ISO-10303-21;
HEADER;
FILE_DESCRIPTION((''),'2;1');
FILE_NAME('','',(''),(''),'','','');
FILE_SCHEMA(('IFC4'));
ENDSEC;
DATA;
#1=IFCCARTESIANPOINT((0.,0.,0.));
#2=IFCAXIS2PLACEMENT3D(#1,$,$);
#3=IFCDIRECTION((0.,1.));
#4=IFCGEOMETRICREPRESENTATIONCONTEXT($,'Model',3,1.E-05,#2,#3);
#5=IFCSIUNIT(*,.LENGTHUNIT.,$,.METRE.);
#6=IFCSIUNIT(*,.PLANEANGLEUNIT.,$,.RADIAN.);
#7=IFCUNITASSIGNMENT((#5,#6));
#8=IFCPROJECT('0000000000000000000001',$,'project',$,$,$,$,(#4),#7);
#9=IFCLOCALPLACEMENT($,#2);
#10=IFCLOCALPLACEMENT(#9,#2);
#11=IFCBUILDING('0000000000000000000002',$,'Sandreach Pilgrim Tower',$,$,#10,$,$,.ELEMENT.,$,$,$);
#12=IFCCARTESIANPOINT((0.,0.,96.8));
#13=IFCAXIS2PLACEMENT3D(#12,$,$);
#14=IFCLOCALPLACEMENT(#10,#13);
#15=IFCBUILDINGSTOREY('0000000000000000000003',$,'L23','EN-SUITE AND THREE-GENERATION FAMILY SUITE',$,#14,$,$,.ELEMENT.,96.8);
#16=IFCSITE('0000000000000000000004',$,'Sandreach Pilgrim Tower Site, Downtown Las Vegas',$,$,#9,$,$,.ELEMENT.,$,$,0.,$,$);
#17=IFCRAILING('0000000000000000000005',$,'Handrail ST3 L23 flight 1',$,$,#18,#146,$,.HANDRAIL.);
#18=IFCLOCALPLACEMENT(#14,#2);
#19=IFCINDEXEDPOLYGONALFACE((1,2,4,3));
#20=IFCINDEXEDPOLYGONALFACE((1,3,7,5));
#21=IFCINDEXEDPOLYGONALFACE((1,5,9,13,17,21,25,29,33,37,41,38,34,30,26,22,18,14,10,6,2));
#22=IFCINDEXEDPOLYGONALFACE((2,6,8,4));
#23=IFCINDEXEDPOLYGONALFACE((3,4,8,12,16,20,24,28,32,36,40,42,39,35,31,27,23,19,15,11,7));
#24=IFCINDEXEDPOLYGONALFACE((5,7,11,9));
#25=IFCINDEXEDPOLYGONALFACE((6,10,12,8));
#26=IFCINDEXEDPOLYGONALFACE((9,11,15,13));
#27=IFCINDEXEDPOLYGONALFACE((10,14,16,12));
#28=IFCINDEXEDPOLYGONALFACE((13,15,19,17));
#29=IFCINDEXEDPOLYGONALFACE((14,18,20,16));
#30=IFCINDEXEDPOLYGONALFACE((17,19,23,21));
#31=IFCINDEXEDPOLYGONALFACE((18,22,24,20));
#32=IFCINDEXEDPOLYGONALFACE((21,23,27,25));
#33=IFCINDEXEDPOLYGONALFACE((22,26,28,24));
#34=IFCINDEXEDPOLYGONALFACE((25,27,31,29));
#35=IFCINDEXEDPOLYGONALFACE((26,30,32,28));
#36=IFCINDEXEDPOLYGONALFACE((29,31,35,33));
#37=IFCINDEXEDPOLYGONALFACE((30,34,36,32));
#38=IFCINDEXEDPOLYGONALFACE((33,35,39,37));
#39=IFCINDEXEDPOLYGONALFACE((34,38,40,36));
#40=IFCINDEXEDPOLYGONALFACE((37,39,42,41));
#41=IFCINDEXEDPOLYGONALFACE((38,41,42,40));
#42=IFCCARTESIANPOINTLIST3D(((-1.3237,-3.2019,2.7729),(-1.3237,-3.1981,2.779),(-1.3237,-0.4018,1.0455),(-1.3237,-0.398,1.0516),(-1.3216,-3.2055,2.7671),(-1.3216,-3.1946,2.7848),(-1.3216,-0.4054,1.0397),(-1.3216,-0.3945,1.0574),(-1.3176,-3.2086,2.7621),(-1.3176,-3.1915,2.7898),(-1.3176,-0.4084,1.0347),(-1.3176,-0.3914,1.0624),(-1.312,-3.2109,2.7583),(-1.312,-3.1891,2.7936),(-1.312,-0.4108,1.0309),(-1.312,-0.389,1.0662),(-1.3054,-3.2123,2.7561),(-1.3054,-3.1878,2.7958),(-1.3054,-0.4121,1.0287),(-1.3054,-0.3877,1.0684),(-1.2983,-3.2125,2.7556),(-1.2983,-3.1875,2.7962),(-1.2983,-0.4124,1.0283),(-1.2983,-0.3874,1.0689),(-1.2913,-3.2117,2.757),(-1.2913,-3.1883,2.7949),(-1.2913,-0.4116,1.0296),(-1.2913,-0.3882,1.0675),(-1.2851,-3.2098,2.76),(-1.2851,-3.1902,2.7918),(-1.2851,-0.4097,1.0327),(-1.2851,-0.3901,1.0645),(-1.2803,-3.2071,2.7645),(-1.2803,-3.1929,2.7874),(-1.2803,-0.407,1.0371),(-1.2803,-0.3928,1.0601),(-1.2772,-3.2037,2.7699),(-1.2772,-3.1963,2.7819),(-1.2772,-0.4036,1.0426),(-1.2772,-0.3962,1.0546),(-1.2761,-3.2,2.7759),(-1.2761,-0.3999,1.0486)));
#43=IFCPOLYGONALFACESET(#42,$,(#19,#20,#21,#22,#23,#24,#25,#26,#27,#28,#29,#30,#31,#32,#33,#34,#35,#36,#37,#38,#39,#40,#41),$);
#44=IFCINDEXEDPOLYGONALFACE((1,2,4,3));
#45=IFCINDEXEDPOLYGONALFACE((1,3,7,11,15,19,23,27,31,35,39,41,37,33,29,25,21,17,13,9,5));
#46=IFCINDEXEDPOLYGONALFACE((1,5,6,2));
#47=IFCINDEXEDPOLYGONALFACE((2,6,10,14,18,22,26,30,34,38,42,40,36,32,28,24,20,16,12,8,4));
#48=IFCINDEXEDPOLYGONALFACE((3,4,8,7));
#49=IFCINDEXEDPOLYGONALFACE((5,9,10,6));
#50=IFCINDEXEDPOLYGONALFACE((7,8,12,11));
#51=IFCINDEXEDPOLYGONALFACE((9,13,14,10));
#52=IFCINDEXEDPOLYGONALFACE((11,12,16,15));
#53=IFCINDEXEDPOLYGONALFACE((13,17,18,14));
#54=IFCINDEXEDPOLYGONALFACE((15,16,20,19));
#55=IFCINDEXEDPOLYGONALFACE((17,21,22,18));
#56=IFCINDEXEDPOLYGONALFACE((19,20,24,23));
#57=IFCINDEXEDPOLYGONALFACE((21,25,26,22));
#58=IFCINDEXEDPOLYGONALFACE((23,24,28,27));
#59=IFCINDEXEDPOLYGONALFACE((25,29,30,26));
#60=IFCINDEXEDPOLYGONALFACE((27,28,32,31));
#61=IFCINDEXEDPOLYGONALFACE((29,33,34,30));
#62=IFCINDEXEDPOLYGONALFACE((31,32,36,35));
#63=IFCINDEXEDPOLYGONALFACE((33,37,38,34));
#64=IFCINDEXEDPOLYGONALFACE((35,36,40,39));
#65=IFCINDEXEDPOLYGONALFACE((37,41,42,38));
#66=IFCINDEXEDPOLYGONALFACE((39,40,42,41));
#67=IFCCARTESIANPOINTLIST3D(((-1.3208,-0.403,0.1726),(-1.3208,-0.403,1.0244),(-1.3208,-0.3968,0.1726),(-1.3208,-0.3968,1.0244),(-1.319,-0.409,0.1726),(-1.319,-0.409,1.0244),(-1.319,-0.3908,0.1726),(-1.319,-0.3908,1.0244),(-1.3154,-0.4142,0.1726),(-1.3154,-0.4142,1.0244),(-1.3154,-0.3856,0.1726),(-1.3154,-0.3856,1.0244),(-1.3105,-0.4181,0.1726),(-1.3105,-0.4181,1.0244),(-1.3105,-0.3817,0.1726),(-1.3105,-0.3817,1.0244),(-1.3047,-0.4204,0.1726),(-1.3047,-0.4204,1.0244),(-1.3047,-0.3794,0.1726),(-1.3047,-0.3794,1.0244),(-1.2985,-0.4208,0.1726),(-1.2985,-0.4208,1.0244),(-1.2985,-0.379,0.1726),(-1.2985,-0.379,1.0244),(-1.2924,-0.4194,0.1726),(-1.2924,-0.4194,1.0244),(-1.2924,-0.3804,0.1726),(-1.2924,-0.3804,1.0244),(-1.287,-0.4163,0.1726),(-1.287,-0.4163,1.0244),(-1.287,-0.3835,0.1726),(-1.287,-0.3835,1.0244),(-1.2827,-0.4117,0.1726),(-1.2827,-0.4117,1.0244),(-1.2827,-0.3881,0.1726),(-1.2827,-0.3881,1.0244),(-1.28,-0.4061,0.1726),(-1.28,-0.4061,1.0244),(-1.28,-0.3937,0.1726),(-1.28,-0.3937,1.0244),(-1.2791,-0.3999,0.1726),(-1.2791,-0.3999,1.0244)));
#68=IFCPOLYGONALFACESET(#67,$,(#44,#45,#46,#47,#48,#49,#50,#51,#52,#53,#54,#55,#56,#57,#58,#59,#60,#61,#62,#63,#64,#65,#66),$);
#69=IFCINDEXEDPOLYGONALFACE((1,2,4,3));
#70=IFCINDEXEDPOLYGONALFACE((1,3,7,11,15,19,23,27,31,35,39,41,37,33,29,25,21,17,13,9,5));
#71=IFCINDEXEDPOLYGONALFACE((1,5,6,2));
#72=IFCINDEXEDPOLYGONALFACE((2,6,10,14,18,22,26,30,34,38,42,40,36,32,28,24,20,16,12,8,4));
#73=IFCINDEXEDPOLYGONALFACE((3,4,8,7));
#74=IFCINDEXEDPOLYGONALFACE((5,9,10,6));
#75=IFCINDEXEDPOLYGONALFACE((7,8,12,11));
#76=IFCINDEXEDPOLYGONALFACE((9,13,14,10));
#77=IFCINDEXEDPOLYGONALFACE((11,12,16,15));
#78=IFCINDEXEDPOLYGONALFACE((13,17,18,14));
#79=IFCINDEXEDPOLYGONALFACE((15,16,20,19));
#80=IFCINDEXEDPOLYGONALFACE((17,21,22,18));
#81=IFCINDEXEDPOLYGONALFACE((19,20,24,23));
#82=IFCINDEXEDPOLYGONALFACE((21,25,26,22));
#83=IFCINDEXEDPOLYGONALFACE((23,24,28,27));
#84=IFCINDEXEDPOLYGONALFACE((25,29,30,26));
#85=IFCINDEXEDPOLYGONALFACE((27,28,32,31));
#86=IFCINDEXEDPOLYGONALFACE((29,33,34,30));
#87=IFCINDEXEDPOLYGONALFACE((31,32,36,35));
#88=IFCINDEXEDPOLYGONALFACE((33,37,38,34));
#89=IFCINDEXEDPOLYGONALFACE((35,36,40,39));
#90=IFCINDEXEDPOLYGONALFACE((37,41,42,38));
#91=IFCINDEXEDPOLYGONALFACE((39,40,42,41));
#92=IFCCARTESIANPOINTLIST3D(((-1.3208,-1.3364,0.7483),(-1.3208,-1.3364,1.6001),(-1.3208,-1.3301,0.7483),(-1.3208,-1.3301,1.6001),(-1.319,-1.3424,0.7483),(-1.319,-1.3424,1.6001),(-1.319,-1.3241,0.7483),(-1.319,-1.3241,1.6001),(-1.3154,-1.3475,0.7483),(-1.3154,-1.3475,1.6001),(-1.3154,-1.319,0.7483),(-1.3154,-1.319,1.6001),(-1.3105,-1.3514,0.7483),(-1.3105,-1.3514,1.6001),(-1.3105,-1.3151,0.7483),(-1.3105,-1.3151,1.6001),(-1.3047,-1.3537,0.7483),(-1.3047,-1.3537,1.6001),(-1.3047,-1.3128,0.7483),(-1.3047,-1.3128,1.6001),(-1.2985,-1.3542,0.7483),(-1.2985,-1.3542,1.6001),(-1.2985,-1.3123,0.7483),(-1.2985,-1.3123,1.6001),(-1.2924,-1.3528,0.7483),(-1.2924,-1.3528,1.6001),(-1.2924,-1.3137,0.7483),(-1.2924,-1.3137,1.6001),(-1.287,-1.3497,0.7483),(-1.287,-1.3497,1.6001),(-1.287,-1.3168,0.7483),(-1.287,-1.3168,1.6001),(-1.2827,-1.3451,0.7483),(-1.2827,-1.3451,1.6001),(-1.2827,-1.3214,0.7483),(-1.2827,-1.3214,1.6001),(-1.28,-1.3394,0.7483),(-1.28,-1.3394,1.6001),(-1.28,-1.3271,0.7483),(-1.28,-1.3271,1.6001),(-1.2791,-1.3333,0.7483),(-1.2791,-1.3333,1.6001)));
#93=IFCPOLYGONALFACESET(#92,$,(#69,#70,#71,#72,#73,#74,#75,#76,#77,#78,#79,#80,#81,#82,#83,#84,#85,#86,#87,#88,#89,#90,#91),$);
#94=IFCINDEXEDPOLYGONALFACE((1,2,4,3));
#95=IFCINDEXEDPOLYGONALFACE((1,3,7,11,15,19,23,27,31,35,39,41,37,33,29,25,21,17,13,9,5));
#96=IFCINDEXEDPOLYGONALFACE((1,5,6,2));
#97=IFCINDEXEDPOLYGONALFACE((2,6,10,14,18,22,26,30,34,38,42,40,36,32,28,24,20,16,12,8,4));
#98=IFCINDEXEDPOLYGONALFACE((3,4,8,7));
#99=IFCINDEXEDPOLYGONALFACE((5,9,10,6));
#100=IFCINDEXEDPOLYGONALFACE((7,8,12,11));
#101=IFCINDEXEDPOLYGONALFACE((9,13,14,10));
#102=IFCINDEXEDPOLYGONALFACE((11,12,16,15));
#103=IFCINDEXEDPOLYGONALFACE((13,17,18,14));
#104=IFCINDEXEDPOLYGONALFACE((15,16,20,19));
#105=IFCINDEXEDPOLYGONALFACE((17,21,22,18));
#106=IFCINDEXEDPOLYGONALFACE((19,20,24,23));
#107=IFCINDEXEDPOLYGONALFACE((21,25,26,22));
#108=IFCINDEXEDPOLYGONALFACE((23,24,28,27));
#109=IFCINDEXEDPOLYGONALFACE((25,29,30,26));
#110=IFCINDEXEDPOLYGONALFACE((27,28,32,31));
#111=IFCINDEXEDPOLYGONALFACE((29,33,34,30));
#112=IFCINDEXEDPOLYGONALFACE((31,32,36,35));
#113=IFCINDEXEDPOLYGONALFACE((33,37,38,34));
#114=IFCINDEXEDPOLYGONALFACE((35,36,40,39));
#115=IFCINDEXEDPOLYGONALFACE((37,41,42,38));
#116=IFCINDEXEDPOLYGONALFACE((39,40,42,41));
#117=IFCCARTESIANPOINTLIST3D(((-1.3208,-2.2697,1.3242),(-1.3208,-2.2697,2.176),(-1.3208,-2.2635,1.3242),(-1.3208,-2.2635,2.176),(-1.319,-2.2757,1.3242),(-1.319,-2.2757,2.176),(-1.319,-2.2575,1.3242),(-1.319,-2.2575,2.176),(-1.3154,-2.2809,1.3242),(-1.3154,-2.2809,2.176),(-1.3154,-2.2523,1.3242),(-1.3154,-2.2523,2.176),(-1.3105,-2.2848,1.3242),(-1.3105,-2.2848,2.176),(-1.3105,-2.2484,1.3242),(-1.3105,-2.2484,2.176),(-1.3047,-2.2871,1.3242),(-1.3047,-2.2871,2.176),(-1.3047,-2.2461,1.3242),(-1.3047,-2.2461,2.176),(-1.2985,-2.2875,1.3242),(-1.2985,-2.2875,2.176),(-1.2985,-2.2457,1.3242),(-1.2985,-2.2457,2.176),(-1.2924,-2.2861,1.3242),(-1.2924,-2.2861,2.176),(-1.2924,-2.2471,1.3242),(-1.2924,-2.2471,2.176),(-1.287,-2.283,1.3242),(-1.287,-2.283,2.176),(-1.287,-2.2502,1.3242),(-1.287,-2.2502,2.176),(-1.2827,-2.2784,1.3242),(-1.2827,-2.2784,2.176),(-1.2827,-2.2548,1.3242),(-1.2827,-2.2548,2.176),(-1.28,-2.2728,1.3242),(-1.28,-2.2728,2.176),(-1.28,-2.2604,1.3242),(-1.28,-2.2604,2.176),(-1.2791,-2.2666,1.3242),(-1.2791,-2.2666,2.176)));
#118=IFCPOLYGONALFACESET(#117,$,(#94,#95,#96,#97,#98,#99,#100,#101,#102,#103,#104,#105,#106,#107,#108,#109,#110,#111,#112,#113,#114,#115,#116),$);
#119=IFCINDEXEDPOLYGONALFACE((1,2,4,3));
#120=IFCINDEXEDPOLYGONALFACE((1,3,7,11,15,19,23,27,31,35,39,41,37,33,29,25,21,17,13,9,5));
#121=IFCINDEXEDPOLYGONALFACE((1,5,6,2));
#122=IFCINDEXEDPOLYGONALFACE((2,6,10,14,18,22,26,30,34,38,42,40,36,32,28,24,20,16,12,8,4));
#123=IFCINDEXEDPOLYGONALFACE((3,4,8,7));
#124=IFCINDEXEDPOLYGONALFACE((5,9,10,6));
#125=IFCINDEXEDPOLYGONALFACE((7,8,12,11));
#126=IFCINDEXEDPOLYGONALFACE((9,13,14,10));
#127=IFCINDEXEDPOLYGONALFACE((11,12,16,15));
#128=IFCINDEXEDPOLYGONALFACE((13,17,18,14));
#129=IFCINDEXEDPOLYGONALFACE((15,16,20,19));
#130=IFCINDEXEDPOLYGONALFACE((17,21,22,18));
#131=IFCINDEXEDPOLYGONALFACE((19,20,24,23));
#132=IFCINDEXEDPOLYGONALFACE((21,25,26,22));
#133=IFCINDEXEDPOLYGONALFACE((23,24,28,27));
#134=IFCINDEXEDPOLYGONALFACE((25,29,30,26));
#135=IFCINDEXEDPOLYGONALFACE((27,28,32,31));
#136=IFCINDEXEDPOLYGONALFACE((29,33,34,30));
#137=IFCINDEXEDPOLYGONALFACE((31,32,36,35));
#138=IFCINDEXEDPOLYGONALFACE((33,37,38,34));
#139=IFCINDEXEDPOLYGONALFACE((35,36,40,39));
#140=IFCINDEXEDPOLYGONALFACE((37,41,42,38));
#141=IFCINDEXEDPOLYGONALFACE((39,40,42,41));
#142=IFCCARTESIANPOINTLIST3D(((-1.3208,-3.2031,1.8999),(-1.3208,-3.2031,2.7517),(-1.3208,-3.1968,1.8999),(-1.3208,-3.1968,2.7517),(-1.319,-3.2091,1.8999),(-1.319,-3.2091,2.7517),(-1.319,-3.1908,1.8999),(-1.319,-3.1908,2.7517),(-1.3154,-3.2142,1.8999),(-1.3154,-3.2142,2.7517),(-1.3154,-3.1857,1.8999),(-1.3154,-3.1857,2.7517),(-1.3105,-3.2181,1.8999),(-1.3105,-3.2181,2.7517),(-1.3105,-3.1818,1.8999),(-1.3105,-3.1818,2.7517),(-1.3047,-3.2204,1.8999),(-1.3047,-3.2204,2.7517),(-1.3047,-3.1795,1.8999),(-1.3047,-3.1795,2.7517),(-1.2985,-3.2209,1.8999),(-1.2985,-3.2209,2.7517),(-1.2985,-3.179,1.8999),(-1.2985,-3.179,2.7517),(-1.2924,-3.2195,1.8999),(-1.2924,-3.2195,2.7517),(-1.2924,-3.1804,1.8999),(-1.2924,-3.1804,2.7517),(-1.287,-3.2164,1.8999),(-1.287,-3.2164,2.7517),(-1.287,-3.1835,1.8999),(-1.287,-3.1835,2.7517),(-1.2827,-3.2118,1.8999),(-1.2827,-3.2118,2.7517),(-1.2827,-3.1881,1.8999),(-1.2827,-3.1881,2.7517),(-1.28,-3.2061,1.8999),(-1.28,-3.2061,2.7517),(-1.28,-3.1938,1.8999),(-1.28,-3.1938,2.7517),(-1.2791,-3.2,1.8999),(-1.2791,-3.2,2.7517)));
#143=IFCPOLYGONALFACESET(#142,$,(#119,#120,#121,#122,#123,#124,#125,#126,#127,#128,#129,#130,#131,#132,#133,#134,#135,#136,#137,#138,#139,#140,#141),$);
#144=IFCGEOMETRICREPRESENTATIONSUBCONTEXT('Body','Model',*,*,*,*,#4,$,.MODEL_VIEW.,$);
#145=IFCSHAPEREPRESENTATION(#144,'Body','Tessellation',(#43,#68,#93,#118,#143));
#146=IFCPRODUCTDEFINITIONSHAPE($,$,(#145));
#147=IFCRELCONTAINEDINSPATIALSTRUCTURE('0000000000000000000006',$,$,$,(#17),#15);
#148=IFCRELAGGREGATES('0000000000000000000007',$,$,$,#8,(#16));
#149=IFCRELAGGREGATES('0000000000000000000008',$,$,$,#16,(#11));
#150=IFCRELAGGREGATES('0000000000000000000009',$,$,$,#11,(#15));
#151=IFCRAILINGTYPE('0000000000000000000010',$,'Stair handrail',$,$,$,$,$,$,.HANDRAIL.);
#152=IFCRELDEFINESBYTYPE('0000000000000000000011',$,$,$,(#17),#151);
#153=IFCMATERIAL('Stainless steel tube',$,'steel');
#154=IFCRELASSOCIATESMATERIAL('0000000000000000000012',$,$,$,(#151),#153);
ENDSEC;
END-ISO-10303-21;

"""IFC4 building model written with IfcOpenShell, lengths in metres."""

from ifc_helpers import new_model, si_unit, direction, frame, origin, origin_2d, place, context, subcontext, project, spatial, circle, extrude, material, type_object, element, save


model = new_model("IFC4")

# Units and contexts
model_context = context("Model", 3, precision=1e-05, world=origin(), true_north=direction((0.0, 1.0)))
body_context = subcontext(model_context, "Body", "Model", "MODEL_VIEW")
ifc_project = project(units=[si_unit("LENGTHUNIT", "METRE"), si_unit("PLANEANGLEUNIT", "RADIAN")], contexts=[model_context])

# Site, building, storey
site_placement = place(None, origin())
site = spatial("IfcSite", under=ifc_project, at=site_placement, Name="Sandreach Pilgrim Tower Site, Downtown Las Vegas", CompositionType="ELEMENT", RefElevation=0.0)
building_placement = place(site_placement, origin())
building = spatial("IfcBuilding", under=site, at=building_placement, Name="Sandreach Pilgrim Tower", CompositionType="ELEMENT")
storey_placement = place(building_placement, frame((0.0, 0.0, 96.8)))
storey = spatial("IfcBuildingStorey", under=building, at=storey_placement, Name="L23", Description="EN-SUITE AND THREE-GENERATION FAMILY SUITE", CompositionType="ELEMENT", Elevation=96.8)

# Railing
ifc_material_1 = material(Name="Stainless steel tube", Category="steel")
railing_type = type_object("IfcRailingType", Name="Stair handrail", PredefinedType="HANDRAIL", material=ifc_material_1)
for number, where, name in (
    (1, (-1.3, -0.3999, 0.1726), "Handrail ST3 L23 flight 1"),
):
    element("IfcRailing", number, at=place(storey_placement, frame(where)), inside=storey, type_object=railing_type, Name=name, PredefinedType="HANDRAIL", context=body_context, shape_type="SweptSolid", body=[
        extrude(circle(Radius=0.0239, at=origin_2d()), frame((0.0, 0.0, 0.876), z_axis=(0.0, -0.85109, 0.52502), x_axis=(1.0, 0.0, 0.0)), (0.0, 0.0, 1.0), 3.29),
        extrude(circle(Radius=0.021, at=origin_2d()), origin(), (0.0, 0.0, 1.0), 0.8518),
        extrude(circle(Radius=0.021, at=origin_2d()), frame((0.0, -0.9333, 0.5757)), (0.0, 0.0, 1.0), 0.8518),
        extrude(circle(Radius=0.021, at=origin_2d()), frame((0.0, -1.8667, 1.1516)), (0.0, 0.0, 1.0), 0.8518),
        extrude(circle(Radius=0.021, at=origin_2d()), frame((0.0, -2.8, 1.7273)), (0.0, 0.0, 1.0), 0.8518),
    ])

save(model, "model.ifc")
